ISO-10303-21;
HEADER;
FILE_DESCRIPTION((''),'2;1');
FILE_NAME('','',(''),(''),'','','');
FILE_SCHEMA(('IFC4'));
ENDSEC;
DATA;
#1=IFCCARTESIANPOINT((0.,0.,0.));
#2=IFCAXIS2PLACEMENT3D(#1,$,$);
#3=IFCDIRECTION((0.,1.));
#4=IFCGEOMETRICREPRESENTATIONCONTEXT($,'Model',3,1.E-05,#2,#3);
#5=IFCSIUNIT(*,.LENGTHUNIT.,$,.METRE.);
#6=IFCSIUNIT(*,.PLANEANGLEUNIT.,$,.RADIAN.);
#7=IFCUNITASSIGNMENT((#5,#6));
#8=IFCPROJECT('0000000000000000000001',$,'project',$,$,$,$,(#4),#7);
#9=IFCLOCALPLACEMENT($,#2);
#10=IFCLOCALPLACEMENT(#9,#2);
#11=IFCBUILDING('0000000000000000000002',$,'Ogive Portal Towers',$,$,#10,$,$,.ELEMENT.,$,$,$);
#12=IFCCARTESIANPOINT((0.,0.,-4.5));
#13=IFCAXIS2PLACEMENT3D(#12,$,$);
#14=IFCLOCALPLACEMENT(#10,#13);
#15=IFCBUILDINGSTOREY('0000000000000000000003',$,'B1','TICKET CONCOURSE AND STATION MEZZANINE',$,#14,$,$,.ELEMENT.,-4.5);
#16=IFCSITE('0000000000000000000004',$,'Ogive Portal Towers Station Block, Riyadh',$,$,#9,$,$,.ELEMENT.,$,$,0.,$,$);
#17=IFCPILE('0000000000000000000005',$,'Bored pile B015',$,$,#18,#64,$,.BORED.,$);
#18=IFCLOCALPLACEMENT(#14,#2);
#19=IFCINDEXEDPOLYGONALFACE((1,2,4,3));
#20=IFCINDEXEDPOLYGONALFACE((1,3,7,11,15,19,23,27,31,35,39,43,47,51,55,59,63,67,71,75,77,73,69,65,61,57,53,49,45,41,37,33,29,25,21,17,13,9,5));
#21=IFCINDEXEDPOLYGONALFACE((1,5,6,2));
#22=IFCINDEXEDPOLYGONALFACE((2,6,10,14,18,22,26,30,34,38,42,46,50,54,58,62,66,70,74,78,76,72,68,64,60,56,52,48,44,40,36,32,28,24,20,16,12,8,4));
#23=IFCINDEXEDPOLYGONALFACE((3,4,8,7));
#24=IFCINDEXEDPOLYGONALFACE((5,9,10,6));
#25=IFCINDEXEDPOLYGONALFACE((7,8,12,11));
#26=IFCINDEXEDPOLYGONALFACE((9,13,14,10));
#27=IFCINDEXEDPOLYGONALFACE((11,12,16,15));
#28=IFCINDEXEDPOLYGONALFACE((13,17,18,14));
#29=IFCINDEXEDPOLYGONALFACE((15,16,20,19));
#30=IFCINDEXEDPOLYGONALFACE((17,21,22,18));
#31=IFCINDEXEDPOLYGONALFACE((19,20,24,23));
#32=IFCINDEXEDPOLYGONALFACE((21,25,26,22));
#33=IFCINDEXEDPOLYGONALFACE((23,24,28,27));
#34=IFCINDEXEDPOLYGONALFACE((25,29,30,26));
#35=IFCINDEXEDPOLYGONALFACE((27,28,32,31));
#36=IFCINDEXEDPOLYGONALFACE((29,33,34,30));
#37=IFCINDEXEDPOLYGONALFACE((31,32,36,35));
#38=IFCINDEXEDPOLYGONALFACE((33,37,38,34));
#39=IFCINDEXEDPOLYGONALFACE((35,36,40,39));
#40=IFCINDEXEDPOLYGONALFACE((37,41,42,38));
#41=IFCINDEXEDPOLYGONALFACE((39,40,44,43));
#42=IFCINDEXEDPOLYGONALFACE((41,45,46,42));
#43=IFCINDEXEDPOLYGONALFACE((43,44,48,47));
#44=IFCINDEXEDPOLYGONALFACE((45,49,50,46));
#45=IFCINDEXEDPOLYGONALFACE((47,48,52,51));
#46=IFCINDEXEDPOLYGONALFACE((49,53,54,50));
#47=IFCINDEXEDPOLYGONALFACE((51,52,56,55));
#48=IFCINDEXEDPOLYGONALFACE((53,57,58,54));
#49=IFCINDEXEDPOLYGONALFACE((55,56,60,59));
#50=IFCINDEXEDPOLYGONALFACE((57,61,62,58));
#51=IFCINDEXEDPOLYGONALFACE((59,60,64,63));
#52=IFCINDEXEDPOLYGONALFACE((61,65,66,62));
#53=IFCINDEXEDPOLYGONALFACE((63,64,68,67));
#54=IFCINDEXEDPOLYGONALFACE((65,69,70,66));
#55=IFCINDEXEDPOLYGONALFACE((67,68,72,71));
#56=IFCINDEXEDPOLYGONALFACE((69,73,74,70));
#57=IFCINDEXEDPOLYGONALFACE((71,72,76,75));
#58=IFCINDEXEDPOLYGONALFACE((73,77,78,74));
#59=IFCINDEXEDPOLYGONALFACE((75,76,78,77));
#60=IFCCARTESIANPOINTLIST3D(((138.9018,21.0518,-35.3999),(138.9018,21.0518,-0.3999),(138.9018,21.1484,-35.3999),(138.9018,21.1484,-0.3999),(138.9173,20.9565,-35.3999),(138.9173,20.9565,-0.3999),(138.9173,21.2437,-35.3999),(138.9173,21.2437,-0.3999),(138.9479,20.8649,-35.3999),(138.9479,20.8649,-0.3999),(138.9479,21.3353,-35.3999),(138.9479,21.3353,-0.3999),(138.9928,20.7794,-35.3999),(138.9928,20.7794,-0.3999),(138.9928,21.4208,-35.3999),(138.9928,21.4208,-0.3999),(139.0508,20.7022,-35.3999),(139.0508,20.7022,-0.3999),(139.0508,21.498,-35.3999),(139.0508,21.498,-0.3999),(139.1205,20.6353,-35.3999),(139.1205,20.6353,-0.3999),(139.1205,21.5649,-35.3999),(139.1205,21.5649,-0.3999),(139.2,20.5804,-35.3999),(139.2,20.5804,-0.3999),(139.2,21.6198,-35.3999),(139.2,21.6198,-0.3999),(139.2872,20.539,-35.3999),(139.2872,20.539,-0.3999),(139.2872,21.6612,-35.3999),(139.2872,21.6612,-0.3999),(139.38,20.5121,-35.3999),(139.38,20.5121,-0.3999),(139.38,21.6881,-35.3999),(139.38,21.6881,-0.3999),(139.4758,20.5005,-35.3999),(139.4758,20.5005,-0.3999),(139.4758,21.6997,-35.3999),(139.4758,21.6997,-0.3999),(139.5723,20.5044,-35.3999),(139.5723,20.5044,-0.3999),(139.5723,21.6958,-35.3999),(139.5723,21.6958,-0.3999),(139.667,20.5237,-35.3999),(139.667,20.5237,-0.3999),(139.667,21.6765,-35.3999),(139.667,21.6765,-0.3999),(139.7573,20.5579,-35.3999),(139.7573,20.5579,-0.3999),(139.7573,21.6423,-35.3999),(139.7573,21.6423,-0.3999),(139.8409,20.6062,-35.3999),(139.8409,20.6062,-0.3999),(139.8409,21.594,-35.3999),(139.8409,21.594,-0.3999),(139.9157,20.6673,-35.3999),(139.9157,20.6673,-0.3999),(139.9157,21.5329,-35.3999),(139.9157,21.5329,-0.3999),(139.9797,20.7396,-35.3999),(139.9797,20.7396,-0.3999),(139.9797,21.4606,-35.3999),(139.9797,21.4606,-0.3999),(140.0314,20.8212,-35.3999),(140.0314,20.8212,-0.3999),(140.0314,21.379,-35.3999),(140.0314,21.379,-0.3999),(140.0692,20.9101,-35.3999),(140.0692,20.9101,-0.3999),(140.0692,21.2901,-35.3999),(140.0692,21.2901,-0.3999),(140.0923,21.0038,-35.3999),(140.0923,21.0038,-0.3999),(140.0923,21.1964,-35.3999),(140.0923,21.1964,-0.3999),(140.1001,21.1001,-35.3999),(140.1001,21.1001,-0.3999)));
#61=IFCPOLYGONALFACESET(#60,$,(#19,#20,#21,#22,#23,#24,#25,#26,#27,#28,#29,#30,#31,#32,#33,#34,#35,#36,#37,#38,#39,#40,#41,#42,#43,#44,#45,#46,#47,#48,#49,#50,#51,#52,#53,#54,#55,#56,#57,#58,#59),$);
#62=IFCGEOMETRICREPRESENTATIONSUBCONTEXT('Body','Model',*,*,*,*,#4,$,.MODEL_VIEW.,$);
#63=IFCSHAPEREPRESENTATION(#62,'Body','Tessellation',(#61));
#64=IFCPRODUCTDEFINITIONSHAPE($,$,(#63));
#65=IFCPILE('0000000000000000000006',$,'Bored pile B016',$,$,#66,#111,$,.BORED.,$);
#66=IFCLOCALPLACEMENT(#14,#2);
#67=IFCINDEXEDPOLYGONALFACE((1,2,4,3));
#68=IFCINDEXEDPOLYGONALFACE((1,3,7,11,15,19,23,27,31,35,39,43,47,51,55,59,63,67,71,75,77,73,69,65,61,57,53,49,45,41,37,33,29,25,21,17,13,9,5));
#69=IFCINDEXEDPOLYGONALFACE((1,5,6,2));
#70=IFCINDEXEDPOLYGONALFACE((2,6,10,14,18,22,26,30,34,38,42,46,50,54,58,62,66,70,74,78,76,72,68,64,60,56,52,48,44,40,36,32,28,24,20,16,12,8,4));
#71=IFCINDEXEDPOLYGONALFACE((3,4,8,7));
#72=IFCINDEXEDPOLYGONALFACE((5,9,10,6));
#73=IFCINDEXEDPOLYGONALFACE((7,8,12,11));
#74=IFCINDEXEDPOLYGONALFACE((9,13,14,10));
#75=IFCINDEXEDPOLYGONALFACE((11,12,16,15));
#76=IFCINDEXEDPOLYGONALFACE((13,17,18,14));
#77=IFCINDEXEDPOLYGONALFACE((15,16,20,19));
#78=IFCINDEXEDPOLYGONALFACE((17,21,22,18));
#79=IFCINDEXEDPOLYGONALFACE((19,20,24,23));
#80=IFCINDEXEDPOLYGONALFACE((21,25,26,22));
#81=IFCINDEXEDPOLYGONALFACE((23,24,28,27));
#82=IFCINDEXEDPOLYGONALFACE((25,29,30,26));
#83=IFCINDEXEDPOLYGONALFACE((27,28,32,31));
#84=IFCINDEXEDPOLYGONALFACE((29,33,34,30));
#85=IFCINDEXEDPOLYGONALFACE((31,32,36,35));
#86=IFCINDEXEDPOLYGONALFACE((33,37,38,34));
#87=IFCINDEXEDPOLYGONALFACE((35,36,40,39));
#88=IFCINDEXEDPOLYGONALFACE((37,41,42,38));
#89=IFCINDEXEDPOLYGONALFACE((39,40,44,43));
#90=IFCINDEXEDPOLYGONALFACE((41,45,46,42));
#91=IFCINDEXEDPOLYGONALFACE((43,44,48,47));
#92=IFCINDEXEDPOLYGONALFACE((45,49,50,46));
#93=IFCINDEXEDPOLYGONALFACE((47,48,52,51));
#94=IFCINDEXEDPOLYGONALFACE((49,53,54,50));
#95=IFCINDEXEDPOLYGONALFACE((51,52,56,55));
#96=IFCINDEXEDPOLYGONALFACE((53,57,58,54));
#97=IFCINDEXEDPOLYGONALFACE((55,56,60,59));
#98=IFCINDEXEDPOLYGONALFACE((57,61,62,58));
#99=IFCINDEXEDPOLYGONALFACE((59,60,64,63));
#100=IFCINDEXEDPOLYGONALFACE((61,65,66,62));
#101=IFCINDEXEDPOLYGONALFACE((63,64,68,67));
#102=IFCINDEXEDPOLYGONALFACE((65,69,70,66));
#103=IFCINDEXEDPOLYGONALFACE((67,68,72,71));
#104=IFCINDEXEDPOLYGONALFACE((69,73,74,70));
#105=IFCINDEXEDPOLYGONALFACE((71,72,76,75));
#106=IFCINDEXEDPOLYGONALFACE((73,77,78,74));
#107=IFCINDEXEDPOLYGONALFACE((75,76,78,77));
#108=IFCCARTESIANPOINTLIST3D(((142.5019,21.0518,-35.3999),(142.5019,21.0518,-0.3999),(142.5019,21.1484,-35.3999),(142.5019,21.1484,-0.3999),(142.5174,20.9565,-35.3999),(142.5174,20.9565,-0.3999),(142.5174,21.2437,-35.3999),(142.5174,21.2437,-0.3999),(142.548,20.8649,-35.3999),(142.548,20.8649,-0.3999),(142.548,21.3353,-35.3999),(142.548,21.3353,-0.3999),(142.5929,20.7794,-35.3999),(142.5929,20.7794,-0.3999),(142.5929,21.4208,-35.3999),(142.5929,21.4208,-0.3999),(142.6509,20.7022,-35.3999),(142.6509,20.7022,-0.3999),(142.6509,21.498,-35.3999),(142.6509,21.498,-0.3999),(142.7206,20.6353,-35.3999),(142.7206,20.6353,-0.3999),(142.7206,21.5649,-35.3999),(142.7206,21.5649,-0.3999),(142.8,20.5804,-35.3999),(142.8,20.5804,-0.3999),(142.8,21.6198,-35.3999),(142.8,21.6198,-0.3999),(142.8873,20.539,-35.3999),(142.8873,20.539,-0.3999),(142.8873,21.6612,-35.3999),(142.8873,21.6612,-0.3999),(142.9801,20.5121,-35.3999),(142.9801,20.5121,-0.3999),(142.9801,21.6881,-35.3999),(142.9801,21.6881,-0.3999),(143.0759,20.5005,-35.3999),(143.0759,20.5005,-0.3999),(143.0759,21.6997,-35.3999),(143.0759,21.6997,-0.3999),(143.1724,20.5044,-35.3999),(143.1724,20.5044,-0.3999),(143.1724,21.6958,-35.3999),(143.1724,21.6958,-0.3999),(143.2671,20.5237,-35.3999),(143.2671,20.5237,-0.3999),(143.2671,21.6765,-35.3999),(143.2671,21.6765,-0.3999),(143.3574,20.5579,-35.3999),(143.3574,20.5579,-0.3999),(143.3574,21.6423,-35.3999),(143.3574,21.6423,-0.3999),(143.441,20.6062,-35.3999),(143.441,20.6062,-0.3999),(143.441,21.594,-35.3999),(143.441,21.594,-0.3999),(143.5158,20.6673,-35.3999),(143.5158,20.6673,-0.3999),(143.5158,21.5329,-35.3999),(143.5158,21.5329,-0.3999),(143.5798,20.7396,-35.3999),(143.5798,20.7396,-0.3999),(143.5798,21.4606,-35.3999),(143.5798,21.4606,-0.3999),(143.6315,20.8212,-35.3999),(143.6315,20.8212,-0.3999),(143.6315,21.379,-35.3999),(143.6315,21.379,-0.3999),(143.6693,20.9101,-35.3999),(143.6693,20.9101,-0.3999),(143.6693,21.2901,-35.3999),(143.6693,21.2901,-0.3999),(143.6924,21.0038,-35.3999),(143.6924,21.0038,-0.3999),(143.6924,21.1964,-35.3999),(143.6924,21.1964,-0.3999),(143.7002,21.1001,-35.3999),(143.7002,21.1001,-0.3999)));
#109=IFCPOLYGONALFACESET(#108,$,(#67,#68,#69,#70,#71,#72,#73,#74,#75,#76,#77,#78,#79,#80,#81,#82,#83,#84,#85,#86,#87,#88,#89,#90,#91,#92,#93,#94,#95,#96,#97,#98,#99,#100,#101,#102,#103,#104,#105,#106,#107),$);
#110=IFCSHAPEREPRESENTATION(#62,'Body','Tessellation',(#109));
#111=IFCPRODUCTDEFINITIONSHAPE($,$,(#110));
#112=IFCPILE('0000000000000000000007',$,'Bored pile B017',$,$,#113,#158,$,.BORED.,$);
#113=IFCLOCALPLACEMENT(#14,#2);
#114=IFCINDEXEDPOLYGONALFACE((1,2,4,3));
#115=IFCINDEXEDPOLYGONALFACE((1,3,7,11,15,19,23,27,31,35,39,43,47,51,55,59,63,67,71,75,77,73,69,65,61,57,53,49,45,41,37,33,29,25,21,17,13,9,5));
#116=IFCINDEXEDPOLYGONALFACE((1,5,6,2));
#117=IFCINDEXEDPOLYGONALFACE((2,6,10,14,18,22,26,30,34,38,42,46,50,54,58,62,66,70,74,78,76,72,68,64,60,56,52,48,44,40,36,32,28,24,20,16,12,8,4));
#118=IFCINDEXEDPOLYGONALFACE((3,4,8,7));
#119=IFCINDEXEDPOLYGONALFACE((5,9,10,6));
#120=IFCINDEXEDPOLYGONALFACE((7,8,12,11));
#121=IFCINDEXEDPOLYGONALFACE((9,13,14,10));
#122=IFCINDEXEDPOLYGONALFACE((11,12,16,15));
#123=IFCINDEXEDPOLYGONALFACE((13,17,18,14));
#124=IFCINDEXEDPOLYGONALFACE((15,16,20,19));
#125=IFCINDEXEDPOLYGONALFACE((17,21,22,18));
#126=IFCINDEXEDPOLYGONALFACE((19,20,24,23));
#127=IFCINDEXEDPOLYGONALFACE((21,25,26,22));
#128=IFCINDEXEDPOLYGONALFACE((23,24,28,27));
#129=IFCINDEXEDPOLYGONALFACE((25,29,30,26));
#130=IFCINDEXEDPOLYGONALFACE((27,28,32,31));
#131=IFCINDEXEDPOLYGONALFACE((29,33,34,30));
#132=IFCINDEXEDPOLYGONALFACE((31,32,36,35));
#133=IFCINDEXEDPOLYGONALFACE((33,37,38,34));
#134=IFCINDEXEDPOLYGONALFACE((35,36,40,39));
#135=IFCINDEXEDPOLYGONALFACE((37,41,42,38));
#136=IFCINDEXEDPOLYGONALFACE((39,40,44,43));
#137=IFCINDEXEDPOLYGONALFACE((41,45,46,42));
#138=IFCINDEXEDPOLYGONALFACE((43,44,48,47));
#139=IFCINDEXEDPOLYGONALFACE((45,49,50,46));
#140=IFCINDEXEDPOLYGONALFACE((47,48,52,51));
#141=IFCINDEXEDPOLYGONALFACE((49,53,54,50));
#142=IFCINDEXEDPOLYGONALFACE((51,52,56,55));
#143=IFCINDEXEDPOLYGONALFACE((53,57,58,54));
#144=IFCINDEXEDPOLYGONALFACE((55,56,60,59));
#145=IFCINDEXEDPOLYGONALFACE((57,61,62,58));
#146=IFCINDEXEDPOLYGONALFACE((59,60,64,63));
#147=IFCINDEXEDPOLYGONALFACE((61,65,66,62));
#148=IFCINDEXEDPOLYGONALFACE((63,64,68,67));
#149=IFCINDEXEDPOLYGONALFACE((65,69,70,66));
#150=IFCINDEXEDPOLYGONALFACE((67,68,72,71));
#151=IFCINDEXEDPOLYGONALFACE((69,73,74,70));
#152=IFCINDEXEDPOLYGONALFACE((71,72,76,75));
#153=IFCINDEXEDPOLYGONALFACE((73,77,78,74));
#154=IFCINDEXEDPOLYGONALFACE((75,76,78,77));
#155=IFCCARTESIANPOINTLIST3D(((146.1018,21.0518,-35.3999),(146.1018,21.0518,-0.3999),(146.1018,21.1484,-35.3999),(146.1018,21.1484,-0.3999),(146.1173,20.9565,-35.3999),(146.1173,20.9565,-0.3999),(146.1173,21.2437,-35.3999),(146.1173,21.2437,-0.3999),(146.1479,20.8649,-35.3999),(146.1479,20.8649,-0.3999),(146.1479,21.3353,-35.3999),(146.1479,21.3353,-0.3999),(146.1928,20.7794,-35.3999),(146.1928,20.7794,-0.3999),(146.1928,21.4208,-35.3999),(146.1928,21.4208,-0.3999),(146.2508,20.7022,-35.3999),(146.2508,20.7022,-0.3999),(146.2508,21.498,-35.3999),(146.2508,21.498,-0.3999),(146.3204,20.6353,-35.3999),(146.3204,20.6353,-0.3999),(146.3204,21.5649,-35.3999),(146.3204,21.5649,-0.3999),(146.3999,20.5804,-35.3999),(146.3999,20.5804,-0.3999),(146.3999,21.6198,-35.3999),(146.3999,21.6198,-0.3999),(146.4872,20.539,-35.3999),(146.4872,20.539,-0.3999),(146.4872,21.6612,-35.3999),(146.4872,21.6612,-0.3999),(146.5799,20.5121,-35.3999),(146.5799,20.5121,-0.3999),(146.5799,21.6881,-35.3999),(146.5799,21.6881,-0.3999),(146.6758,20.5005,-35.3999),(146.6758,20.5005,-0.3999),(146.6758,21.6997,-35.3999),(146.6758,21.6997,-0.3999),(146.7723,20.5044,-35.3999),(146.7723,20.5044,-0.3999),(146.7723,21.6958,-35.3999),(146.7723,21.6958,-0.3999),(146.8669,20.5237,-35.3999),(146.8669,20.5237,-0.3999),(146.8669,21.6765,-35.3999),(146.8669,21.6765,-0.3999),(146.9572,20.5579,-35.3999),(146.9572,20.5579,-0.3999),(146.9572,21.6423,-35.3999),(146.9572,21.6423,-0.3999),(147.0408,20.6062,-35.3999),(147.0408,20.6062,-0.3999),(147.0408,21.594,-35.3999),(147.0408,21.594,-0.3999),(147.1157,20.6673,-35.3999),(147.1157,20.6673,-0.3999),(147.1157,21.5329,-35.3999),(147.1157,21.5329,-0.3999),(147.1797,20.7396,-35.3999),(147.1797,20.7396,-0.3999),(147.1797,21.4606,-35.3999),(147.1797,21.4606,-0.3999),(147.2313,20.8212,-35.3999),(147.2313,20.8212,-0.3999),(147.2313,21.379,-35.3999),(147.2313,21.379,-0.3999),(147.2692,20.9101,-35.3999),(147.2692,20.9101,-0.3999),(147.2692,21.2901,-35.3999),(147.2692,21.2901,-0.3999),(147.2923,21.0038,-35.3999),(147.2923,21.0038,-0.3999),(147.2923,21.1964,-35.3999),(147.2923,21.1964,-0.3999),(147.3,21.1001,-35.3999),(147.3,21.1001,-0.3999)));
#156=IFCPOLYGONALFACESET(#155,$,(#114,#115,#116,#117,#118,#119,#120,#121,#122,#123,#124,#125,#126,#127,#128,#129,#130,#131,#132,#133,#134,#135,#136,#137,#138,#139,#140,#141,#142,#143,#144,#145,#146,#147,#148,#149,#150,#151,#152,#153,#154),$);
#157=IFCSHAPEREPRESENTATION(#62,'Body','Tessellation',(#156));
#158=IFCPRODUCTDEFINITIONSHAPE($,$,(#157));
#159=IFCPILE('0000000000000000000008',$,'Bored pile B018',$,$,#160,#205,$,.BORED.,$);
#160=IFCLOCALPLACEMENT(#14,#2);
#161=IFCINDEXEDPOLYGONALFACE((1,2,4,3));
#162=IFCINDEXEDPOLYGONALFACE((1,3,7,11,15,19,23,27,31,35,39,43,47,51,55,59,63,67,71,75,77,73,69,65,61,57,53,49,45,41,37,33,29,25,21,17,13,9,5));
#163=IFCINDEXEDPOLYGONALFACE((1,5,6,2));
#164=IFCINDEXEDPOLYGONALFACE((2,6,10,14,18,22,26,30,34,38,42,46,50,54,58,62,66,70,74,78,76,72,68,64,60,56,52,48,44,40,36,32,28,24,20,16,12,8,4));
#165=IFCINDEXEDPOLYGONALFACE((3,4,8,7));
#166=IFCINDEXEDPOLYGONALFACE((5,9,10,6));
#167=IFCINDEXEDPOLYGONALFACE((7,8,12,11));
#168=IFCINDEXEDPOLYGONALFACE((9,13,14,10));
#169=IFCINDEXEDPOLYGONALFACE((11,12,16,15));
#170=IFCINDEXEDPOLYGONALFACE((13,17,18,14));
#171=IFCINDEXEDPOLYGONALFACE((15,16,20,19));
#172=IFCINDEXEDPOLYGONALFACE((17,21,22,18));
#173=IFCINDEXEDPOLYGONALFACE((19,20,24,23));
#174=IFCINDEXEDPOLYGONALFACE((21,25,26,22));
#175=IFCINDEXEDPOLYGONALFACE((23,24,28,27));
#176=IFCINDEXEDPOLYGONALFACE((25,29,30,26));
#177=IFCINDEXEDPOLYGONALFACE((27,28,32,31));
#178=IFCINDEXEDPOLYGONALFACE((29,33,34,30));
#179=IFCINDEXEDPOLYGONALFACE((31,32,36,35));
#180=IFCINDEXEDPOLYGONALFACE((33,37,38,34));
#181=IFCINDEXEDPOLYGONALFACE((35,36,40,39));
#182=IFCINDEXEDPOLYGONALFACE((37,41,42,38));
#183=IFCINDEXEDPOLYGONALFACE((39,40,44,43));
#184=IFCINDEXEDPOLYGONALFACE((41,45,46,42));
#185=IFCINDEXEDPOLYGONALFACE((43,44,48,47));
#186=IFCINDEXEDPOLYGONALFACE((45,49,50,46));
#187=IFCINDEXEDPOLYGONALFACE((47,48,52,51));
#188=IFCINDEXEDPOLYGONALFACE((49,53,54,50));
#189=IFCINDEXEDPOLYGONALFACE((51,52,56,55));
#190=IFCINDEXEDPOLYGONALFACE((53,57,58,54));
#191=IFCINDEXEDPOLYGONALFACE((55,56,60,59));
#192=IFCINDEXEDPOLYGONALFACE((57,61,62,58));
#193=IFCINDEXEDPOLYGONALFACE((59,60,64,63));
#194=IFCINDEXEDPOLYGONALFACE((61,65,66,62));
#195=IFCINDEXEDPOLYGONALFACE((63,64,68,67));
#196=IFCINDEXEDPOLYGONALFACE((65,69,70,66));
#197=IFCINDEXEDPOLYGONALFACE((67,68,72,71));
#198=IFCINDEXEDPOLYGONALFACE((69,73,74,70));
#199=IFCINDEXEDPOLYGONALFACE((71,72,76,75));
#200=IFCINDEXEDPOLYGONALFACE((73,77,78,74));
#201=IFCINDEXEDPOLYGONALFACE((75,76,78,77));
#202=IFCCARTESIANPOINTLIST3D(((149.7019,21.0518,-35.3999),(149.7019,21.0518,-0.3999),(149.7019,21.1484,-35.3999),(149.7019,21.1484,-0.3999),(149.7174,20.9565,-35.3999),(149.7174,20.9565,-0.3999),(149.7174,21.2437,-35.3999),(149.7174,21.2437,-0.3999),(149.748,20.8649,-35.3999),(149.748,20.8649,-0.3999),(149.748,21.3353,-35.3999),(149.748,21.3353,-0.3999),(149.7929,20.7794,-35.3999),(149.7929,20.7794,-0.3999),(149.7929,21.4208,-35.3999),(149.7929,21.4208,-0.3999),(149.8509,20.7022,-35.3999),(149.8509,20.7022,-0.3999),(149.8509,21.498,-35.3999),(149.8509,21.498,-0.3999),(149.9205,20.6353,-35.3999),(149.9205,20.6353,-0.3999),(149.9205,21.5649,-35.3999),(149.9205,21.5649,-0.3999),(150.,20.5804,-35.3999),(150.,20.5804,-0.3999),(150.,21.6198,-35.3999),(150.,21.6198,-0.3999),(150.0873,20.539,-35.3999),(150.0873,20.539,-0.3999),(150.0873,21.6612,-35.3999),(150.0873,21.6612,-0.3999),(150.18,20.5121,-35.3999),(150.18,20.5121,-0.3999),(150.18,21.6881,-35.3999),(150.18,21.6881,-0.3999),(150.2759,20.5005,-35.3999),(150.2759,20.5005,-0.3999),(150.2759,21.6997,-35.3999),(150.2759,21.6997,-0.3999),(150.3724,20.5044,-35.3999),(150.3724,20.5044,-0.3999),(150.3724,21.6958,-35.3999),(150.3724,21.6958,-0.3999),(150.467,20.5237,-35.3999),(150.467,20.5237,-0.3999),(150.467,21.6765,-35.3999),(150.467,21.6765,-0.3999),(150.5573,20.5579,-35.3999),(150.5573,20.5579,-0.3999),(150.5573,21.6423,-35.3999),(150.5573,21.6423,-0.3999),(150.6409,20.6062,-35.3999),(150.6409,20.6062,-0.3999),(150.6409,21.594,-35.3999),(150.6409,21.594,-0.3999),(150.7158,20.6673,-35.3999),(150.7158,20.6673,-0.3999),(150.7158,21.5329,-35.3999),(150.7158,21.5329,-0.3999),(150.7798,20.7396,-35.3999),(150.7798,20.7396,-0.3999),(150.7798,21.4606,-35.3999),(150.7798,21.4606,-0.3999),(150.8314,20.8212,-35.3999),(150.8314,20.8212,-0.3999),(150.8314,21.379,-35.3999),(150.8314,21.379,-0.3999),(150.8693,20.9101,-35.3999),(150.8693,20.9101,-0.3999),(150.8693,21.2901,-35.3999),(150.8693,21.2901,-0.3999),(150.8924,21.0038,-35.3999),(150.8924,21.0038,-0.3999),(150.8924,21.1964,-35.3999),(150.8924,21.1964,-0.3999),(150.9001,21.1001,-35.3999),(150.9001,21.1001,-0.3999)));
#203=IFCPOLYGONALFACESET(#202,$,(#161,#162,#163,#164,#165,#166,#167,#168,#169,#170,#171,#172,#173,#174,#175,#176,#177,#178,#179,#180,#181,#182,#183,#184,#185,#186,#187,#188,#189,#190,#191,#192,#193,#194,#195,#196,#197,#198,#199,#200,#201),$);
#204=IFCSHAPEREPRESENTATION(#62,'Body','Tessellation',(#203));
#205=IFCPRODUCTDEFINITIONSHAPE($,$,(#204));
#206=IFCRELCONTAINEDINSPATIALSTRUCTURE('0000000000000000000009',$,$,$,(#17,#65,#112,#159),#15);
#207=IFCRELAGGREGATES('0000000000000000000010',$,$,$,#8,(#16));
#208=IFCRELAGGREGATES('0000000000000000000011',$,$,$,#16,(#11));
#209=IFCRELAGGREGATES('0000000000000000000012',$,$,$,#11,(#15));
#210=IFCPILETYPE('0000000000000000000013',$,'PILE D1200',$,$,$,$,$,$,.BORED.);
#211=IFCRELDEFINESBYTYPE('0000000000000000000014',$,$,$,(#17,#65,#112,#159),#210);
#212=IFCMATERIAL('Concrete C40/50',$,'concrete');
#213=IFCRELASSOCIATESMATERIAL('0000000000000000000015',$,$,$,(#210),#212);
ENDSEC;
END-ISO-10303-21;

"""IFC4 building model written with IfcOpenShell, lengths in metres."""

from ifc_helpers import new_model, si_unit, direction, frame, origin, origin_2d, place, context, subcontext, project, spatial, circle, extrude, material, material_profile, profile_set, type_object, element, save


model = new_model("IFC4")

# Units and contexts
model_context = context("Model", 3, precision=1e-05, world=origin(), true_north=direction((0.0, 1.0)))
body_context = subcontext(model_context, "Body", "Model", "MODEL_VIEW")
ifc_project = project(units=[si_unit("LENGTHUNIT", "METRE"), si_unit("PLANEANGLEUNIT", "RADIAN")], contexts=[model_context])

# Site, building, storey
site_placement = place(None, origin())
site = spatial("IfcSite", under=ifc_project, at=site_placement, Name="Ogive Portal Towers Station Block, Riyadh", CompositionType="ELEMENT", RefElevation=0.0)
building_placement = place(site_placement, origin())
building = spatial("IfcBuilding", under=site, at=building_placement, Name="Ogive Portal Towers", CompositionType="ELEMENT")
storey_placement = place(building_placement, frame((0.0, 0.0, -4.5)))
storey = spatial("IfcBuildingStorey", under=building, at=storey_placement, Name="B1", Description="TICKET CONCOURSE AND STATION MEZZANINE", CompositionType="ELEMENT", Elevation=-4.5)

# Piles
ifc_material_1 = material(Name="Concrete C40/50", Category="concrete")
ifc_material_profile_1 = material_profile(ifc_material_1, circle(Radius=0.6001, at=origin_2d()), Name="PILE D1200")
ifc_profile_set_1 = profile_set([ifc_material_profile_1], Name="Concrete C40/50")
pile_type = type_object("IfcPileType", Name="PILE D1200", PredefinedType="BORED", material=ifc_profile_set_1)
for number, where, z_axis, x_axis, name in (
    (1, (139.5, 21.1001, -0.3999), (0.0, 0.0, -1.0), (1.0, 0.0, 0.0), "Bored pile B015"),
    (2, (143.1001, 21.1001, -0.3999), (0.0, 0.0, -1.0), (1.0, 0.0, 0.0), "Bored pile B016"),
    (3, (146.7, 21.1001, -0.3999), (0.0, 0.0, -1.0), (1.0, 0.0, 0.0), "Bored pile B017"),
    (4, (150.3, 21.1001, -0.3999), (0.0, 0.0, -1.0), (1.0, 0.0, 0.0), "Bored pile B018"),
):
    element("IfcPile", number, at=place(storey_placement, frame(where, z_axis=z_axis, x_axis=x_axis)), inside=storey, type_object=pile_type, Name=name, PredefinedType="BORED", context=body_context, shape_type="SweptSolid", body=[
        extrude(circle(Radius=0.6001, at=origin_2d()), origin(), (0.0, 0.0, 1.0), 35.0),
    ])

save(model, "model.ifc")
